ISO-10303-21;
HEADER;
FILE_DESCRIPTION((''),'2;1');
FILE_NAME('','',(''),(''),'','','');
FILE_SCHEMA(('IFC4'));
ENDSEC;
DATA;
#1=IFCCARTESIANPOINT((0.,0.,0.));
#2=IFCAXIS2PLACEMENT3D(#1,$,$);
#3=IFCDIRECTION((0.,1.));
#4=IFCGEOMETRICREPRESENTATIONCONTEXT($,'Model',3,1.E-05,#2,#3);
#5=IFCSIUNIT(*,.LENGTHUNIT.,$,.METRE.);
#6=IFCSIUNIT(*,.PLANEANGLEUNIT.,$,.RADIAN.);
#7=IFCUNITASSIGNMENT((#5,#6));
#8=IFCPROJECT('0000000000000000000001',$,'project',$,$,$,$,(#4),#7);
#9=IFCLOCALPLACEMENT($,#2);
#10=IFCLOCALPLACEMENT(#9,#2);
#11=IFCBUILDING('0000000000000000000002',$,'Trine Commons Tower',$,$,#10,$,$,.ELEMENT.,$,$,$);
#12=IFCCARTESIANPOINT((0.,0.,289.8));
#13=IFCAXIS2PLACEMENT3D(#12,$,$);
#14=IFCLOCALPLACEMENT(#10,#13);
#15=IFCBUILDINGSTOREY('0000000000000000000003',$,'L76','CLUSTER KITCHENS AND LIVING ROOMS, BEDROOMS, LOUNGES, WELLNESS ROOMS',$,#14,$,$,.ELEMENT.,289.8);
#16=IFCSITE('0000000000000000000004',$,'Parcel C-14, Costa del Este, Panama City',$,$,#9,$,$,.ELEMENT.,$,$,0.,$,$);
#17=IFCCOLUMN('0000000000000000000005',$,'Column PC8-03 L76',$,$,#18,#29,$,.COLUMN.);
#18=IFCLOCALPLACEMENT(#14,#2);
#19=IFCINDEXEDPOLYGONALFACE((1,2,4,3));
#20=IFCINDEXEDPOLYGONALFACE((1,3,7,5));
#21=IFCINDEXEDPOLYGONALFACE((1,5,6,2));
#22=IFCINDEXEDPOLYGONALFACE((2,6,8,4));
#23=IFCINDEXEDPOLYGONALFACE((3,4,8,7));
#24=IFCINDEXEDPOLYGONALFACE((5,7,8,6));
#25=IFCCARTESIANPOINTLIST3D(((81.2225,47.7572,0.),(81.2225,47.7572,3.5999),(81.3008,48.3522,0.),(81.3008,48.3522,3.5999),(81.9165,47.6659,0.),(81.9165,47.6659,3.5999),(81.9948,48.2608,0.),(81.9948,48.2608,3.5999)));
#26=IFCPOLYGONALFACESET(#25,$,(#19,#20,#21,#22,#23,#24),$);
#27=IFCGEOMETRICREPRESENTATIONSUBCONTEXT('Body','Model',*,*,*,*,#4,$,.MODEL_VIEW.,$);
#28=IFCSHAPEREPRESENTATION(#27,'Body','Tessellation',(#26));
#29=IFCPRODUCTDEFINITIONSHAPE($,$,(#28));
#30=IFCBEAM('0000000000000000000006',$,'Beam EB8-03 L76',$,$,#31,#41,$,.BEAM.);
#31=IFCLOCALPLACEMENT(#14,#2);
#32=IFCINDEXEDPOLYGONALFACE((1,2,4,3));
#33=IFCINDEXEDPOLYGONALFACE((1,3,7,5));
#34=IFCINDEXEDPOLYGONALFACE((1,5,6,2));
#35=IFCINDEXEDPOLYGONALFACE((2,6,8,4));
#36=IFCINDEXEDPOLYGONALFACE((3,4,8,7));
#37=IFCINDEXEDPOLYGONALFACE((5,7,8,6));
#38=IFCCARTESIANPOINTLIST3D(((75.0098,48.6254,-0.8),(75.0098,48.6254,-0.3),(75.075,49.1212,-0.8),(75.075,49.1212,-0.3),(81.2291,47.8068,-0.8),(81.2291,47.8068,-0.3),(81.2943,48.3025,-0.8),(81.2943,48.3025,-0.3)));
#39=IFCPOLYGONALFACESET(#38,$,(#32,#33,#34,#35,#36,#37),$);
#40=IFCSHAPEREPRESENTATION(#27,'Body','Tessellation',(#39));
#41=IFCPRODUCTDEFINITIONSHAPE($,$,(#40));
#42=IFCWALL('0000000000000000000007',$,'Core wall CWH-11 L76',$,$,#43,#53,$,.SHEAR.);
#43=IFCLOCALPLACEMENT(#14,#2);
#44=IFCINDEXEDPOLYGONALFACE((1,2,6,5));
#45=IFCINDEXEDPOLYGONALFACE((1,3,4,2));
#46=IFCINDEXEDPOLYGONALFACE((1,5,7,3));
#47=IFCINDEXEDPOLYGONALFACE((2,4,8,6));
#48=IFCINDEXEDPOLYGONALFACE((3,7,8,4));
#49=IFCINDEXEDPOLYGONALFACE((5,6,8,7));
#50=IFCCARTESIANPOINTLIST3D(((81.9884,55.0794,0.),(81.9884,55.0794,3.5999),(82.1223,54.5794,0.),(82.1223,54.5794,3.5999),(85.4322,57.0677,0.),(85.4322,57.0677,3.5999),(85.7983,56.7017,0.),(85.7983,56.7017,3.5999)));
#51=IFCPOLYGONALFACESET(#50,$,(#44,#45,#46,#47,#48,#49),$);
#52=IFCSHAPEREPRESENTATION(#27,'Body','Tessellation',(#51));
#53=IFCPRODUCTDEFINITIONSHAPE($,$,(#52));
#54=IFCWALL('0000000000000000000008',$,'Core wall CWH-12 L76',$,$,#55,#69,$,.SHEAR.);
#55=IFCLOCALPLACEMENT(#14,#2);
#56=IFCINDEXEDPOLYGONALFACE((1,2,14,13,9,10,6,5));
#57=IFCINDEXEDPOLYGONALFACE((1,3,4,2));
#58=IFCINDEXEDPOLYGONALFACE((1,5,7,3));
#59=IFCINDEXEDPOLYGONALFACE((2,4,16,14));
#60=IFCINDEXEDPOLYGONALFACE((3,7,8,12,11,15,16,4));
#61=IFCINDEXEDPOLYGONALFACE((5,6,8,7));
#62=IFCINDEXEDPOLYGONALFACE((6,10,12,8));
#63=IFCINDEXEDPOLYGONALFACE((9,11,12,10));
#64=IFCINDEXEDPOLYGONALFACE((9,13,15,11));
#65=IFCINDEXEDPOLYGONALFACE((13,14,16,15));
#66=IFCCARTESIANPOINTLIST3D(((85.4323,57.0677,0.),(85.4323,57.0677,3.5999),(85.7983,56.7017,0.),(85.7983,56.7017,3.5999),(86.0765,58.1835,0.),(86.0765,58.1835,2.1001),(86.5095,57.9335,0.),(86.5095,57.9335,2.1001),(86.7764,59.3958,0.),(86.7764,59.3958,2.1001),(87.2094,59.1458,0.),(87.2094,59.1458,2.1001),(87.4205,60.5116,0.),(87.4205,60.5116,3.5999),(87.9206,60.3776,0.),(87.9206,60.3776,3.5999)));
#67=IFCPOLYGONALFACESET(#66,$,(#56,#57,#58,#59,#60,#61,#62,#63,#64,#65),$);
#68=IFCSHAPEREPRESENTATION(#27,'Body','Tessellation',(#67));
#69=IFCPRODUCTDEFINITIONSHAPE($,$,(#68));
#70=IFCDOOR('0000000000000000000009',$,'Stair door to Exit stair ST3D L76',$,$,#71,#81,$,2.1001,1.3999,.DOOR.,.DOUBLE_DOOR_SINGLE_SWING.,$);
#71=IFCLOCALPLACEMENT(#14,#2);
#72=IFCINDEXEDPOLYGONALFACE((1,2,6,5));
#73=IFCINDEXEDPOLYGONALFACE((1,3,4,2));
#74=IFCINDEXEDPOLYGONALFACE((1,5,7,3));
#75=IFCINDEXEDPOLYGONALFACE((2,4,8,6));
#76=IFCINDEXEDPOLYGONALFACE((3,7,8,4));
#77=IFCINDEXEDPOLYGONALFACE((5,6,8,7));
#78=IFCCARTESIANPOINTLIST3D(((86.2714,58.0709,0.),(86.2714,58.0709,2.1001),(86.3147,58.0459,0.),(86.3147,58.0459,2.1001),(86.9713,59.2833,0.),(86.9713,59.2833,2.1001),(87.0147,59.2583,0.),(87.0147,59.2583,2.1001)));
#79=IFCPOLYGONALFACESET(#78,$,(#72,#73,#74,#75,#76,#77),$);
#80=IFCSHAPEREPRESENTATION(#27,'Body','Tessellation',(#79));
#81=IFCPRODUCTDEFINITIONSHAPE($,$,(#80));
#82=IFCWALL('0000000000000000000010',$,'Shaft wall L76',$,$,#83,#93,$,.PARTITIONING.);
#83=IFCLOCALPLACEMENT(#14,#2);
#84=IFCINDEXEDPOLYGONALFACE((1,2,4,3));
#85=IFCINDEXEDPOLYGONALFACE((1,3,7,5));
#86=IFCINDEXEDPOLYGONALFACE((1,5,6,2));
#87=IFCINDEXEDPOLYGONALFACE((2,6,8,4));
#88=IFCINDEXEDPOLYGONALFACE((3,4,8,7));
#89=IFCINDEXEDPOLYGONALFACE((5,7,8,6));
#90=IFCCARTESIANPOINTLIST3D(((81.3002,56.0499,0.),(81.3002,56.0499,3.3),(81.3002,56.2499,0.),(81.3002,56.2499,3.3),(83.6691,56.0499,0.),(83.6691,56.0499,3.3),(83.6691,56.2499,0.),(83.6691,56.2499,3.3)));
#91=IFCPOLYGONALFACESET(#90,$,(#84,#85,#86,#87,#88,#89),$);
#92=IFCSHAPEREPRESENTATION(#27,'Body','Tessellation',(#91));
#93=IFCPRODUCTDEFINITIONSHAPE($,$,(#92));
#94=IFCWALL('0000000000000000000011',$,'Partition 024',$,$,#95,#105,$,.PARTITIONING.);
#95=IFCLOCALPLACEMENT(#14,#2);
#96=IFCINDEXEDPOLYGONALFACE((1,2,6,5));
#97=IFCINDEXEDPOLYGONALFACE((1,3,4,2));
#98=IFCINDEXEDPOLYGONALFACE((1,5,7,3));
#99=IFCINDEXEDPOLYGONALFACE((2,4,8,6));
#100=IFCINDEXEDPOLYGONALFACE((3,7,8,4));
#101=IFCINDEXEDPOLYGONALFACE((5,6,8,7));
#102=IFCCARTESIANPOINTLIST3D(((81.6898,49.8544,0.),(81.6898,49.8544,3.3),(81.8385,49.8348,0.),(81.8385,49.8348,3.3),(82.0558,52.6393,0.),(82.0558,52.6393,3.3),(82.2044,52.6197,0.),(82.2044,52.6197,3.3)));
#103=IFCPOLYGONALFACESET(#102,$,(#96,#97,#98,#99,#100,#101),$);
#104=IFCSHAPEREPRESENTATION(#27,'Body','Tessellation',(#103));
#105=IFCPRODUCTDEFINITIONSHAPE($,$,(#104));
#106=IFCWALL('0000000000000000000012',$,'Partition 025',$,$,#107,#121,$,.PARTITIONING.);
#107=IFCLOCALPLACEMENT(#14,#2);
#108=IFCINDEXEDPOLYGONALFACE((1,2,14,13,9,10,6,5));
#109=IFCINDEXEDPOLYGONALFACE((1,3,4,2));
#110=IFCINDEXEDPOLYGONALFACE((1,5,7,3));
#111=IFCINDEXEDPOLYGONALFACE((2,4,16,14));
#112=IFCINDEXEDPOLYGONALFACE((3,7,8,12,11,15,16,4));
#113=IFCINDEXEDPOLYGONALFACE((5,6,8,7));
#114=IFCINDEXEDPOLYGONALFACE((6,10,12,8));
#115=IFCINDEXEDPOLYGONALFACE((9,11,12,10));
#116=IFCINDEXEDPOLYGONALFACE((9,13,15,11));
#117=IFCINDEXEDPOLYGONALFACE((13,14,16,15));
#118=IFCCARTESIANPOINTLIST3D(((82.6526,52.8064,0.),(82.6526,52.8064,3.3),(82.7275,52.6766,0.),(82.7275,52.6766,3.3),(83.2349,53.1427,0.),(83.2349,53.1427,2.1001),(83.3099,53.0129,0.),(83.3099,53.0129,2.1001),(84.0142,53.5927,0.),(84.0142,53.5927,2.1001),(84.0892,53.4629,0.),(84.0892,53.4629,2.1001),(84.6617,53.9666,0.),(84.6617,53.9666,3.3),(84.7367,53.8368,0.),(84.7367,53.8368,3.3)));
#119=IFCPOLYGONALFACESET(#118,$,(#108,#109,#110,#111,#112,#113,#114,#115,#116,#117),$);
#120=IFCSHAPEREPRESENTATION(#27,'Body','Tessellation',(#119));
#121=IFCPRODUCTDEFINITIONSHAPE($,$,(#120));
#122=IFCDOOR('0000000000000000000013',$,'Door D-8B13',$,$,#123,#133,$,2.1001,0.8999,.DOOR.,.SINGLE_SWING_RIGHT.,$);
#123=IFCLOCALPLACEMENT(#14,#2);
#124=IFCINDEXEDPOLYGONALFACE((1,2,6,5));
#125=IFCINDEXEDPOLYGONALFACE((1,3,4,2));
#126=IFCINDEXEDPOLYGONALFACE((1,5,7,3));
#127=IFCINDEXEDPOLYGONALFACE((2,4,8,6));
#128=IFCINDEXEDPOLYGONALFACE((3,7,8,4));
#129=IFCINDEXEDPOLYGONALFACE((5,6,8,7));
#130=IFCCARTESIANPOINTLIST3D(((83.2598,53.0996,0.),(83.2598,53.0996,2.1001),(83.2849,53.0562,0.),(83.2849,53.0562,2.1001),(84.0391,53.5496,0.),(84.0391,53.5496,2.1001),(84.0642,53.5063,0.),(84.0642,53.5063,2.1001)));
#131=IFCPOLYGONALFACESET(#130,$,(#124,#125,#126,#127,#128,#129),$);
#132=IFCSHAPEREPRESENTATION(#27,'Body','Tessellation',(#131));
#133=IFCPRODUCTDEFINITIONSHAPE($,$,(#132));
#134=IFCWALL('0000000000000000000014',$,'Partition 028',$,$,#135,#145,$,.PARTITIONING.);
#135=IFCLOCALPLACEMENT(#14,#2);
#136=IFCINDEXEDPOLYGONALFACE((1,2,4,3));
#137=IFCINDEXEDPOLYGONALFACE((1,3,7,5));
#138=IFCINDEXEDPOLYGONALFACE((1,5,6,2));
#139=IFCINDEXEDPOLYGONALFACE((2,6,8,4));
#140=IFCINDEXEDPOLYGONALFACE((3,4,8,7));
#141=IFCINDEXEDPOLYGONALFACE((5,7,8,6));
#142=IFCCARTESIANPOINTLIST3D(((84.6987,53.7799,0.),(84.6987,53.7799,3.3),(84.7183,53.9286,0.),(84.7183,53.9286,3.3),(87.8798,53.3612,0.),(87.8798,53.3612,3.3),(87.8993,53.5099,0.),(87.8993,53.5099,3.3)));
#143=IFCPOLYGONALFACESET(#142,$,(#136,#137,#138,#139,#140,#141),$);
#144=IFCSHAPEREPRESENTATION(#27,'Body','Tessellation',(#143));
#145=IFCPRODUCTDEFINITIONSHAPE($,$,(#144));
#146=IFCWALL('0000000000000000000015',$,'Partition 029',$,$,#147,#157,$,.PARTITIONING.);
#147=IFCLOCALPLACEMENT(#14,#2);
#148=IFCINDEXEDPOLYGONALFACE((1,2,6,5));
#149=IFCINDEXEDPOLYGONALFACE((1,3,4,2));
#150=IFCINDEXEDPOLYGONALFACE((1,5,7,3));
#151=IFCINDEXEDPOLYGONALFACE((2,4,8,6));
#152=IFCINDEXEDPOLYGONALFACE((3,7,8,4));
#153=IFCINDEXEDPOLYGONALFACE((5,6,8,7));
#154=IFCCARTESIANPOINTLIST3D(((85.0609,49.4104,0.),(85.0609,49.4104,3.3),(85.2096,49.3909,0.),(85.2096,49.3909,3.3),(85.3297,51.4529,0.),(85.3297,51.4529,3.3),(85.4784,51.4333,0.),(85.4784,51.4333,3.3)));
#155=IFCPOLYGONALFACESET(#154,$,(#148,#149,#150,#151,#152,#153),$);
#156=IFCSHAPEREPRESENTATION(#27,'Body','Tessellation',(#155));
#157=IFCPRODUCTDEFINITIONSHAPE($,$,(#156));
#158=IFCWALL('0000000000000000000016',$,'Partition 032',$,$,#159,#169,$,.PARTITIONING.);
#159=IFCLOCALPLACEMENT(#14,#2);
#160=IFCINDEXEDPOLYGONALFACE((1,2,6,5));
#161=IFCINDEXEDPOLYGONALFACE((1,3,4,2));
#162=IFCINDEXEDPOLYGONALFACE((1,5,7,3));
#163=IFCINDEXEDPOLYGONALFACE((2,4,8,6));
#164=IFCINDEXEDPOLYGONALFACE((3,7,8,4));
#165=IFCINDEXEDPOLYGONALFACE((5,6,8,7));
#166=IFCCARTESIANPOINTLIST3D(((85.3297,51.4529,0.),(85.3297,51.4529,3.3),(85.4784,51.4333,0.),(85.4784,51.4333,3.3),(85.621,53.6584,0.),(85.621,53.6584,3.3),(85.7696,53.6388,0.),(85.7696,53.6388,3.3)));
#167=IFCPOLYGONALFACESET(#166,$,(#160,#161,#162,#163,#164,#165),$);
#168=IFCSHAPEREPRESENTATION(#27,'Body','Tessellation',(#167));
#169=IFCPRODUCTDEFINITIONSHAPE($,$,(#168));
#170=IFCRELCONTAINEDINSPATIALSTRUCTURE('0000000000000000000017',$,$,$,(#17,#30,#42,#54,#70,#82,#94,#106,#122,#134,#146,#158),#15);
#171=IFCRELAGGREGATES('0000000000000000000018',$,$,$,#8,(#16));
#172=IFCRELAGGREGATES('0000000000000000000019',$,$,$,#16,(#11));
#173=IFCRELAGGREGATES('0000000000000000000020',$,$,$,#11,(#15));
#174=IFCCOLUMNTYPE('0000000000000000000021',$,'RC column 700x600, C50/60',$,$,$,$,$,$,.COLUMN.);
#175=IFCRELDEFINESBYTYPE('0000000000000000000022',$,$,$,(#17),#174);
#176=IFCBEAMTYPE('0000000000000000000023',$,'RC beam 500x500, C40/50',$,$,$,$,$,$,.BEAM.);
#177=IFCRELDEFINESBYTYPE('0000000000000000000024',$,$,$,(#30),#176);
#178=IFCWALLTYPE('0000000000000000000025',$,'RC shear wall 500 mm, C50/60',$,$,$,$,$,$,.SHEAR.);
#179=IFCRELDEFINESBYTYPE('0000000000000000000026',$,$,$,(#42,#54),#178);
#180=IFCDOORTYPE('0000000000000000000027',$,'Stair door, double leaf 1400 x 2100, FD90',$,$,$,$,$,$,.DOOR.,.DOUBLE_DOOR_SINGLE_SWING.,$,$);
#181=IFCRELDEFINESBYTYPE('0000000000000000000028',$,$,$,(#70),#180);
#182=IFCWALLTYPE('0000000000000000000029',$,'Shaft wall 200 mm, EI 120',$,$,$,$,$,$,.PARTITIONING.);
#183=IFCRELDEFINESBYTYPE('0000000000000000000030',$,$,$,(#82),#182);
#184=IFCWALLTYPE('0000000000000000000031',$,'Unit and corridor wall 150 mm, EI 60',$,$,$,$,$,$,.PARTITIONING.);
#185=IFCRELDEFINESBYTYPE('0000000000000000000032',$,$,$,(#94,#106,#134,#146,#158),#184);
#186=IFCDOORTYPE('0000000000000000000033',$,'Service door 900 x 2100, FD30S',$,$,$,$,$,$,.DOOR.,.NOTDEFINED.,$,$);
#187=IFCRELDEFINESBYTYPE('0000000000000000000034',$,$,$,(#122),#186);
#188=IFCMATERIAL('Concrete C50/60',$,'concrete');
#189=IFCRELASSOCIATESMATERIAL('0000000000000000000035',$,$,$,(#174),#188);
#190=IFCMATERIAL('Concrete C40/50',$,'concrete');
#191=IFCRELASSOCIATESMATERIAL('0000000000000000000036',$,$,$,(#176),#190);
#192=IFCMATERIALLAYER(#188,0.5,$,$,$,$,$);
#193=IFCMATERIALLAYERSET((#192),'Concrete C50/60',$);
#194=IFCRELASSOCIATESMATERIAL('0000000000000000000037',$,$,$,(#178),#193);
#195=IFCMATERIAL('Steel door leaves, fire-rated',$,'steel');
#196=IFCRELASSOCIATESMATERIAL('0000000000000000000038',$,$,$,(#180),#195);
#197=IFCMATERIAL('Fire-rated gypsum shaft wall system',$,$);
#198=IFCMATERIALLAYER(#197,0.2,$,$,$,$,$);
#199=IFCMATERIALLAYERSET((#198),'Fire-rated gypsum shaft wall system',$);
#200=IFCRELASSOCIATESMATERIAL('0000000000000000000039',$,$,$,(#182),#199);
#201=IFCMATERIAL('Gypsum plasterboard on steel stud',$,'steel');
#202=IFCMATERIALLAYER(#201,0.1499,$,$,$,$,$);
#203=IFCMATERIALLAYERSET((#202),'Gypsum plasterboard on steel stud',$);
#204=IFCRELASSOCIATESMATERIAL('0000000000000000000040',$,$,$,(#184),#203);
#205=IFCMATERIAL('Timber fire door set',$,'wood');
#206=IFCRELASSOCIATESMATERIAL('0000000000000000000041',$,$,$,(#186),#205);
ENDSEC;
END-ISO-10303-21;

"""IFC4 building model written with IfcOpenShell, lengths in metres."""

from ifc_helpers import new_model, si_unit, direction, frame, frame_2d, origin, origin_2d, place, context, subcontext, project, spatial, polyline, rectangle, outline, extrude, material, layer, layer_set, material_profile, profile_set, type_object, element, fill, save


model = new_model("IFC4")

# Units and contexts
model_context = context("Model", 3, precision=1e-05, world=origin(), true_north=direction((0.0, 1.0)))
body_context = subcontext(model_context, "Body", "Model", "MODEL_VIEW")
ifc_project = project(units=[si_unit("LENGTHUNIT", "METRE"), si_unit("PLANEANGLEUNIT", "RADIAN")], contexts=[model_context])

# Site, building, storey
site_placement = place(None, origin())
site = spatial("IfcSite", under=ifc_project, at=site_placement, Name="Parcel C-14, Costa del Este, Panama City", CompositionType="ELEMENT", RefElevation=0.0)
building_placement = place(site_placement, origin())
building = spatial("IfcBuilding", under=site, at=building_placement, Name="Trine Commons Tower", CompositionType="ELEMENT")
storey_placement = place(building_placement, frame((0.0, 0.0, 289.8)))
storey = spatial("IfcBuildingStorey", under=building, at=storey_placement, Name="L76", Description="CLUSTER KITCHENS AND LIVING ROOMS, BEDROOMS, LOUNGES, WELLNESS ROOMS", CompositionType="ELEMENT", Elevation=289.8)

# Column
ifc_material_1 = material(Name="Concrete C50/60", Category="concrete")
ifc_material_profile_1 = material_profile(ifc_material_1, rectangle(XDim=0.7, YDim=0.6001, at=origin_2d()), Name="RC 700x600")
ifc_profile_set_1 = profile_set([ifc_material_profile_1], Name="Concrete C50/60")
column_type = type_object("IfcColumnType", Name="RC column 700x600, C50/60", PredefinedType="COLUMN", material=ifc_profile_set_1)
column_placement = place(storey_placement, frame((81.6086, 48.009, 0.0), z_axis=(0.0, 0.0, 1.0), x_axis=(-0.991445, 0.130526, 0.0)))
element("IfcColumn", 1, at=column_placement, inside=storey, type_object=column_type, Name="Column PC8-03 L76", PredefinedType="COLUMN", context=body_context, shape_type="SweptSolid", body=[
    extrude(rectangle(XDim=0.7, YDim=0.6001, at=origin_2d()), origin(), (0.0, 0.0, 1.0), 3.5999),
])

# Beam
ifc_material_2 = material(Name="Concrete C40/50", Category="concrete")
ifc_material_profile_2 = material_profile(ifc_material_2, rectangle(XDim=0.5, YDim=0.5, at=origin_2d()), Name="RC 500x500")
ifc_profile_set_2 = profile_set([ifc_material_profile_2], Name="Concrete C40/50")
beam_type = type_object("IfcBeamType", Name="RC beam 500x500, C40/50", PredefinedType="BEAM", material=ifc_profile_set_2)
beam_placement = place(storey_placement, frame((81.2617, 48.0547, -0.55), z_axis=(-0.991448, 0.130499, 0.0), x_axis=(-0.130499, -0.991448, 0.0)))
element("IfcBeam", 2, at=beam_placement, inside=storey, type_object=beam_type, Name="Beam EB8-03 L76", PredefinedType="BEAM", context=body_context, shape_type="SweptSolid", body=[
    extrude(rectangle(XDim=0.5, YDim=0.5, at=origin_2d()), origin(), (0.0, 0.0, 1.0), 6.2729),
])

# Wall
ifc_layer_1 = layer(ifc_material_1, 0.5)
ifc_layer_set_1 = layer_set([ifc_layer_1], Name="Concrete C50/60")
wall_type_1 = type_object("IfcWallType", Name="RC shear wall 500 mm, C50/60", PredefinedType="SHEAR", material=ifc_layer_set_1)
wall_1_placement = place(storey_placement, frame((81.9973, 54.7959, 0.0), z_axis=(0.0, 0.0, 1.0), x_axis=(0.866029, 0.499993, 0.0)))
element("IfcWall", 3, at=wall_1_placement, inside=storey, type_object=wall_type_1, Name="Core wall CWH-11 L76", PredefinedType="SHEAR", context=body_context, shape_type="SweptSolid", body=[
    extrude(outline(polyline([(0.0, -0.25), (4.2446, -0.25), (4.1106, 0.25), (0.134, 0.25), (0.0, -0.25)])), origin(), (0.0, 0.0, 1.0), 3.5999),
])

# Wall, opening, door
wall_2_placement = place(storey_placement, frame((85.5818, 56.8267, 0.0), z_axis=(0.0, 0.0, 1.0), x_axis=(0.499993, 0.866029, 0.0)))
wall_2 = element("IfcWall", 4, at=wall_2_placement, inside=storey, type_object=wall_type_1, Name="Core wall CWH-12 L76", PredefinedType="SHEAR", context=body_context, shape_type="SweptSolid", body=[
    extrude(outline(polyline([(0.0, -0.25), (4.2446, -0.25), (4.1106, 0.25), (0.134, 0.25), (0.0, -0.25)])), origin(), (0.0, 0.0, 1.0), 3.5999),
])
opening_1_placement = place(wall_2_placement, frame((1.4224, 0.0, 0.0)))
opening_1 = element("IfcOpeningElement", 5, at=opening_1_placement, cuts=wall_2, PredefinedType="OPENING", context=body_context, shape_type="SweptSolid", body=[
    extrude(rectangle(XDim=1.3999, YDim=2.1001, at=frame_2d((0.7, 1.05))), frame((0.0, 0.26, 0.0), z_axis=(0.0, -1.0, 0.0), x_axis=(1.0, 0.0, 0.0)), (0.0, 0.0, 1.0), 0.52),
])
ifc_material_3 = material(Name="Steel door leaves, fire-rated", Category="steel")
door_type_1 = type_object("IfcDoorType", Name="Stair door, double leaf 1400 x 2100, FD90", OperationType="DOUBLE_DOOR_SINGLE_SWING", PredefinedType="DOOR", material=ifc_material_3)
door_1_placement = place(opening_1_placement, origin())
door_1 = element("IfcDoor", 6, at=door_1_placement, inside=storey, type_object=door_type_1, Name="Stair door to Exit stair ST3D L76", OperationType="DOUBLE_DOOR_SINGLE_SWING", OverallHeight=2.1001, OverallWidth=1.3999, PredefinedType="DOOR", context=body_context, shape_type="SweptSolid", body=[
    extrude(rectangle(XDim=1.3999, YDim=2.1001, at=frame_2d((0.7, 1.05))), frame((0.0, 0.0249, 0.0), z_axis=(0.0, -1.0, 0.0), x_axis=(1.0, 0.0, 0.0)), (0.0, 0.0, 1.0), 0.05),
])
fill(opening_1, door_1)

# Walls
ifc_material_4 = material(Name="Fire-rated gypsum shaft wall system")
ifc_layer_2 = layer(ifc_material_4, 0.2)
ifc_layer_set_2 = layer_set([ifc_layer_2], Name="Fire-rated gypsum shaft wall system")
wall_type_2 = type_object("IfcWallType", Name="Shaft wall 200 mm, EI 120", PredefinedType="PARTITIONING", material=ifc_layer_set_2)
wall_3_placement = place(storey_placement, frame((81.3, 56.1499, 0.0), z_axis=(0.0, 0.0, 1.0), x_axis=(1.0, 0.0, 0.0)))
element("IfcWall", 7, at=wall_3_placement, inside=storey, type_object=wall_type_2, Name="Shaft wall L76", PredefinedType="PARTITIONING", context=body_context, shape_type="SweptSolid", body=[
    extrude(rectangle(XDim=2.3689, YDim=0.2, at=frame_2d((1.1846, 0.0))), origin(), (0.0, 0.0, 1.0), 3.3),
])
ifc_material_5 = material(Name="Gypsum plasterboard on steel stud", Category="steel")
ifc_layer_3 = layer(ifc_material_5, 0.1499)
ifc_layer_set_3 = layer_set([ifc_layer_3], Name="Gypsum plasterboard on steel stud")
wall_type_3 = type_object("IfcWallType", Name="Unit and corridor wall 150 mm, EI 60", PredefinedType="PARTITIONING", material=ifc_layer_set_3)
wall_4_placement = place(storey_placement, frame((81.7642, 49.8447, 0.0), z_axis=(0.0, 0.0, 1.0), x_axis=(0.13029, 0.991476, 0.0)))
element("IfcWall", 8, at=wall_4_placement, inside=storey, type_object=wall_type_3, Name="Partition 024", PredefinedType="PARTITIONING", context=body_context, shape_type="SweptSolid", body=[
    extrude(rectangle(XDim=2.8088, YDim=0.1499, at=frame_2d((1.4043, 0.0))), origin(), (0.0, 0.0, 1.0), 3.3),
])

# Wall, opening, door
wall_5_placement = place(storey_placement, frame((82.6899, 52.7415, 0.0), z_axis=(0.0, 0.0, 1.0), x_axis=(0.865981, 0.500078, 0.0)))
wall_5 = element("IfcWall", 9, at=wall_5_placement, inside=storey, type_object=wall_type_3, Name="Partition 025", PredefinedType="PARTITIONING", context=body_context, shape_type="SweptSolid", body=[
    extrude(rectangle(XDim=2.3201, YDim=0.1499, at=frame_2d((1.1602, 0.0))), origin(), (0.0, 0.0, 1.0), 3.3),
])
opening_2_placement = place(wall_5_placement, frame((0.6726, 0.0, 0.0)))
opening_2 = element("IfcOpeningElement", 10, at=opening_2_placement, cuts=wall_5, PredefinedType="OPENING", context=body_context, shape_type="SweptSolid", body=[
    extrude(rectangle(XDim=0.8999, YDim=2.1001, at=frame_2d((0.45, 1.05))), frame((0.0, 0.085, 0.0), z_axis=(0.0, -1.0, 0.0), x_axis=(1.0, 0.0, 0.0)), (0.0, 0.0, 1.0), 0.1699),
])
ifc_material_6 = material(Name="Timber fire door set", Category="wood")
door_type_2 = type_object("IfcDoorType", Name="Service door 900 x 2100, FD30S", OperationType="NOTDEFINED", PredefinedType="DOOR", material=ifc_material_6)
door_2_placement = place(opening_2_placement, frame((0.8999, 0.0, 0.0), z_axis=(0.0, 0.0, 1.0), x_axis=(-1.0, 0.0, 0.0)))
door_2 = element("IfcDoor", 11, at=door_2_placement, inside=storey, type_object=door_type_2, Name="Door D-8B13", OperationType="SINGLE_SWING_RIGHT", OverallHeight=2.1001, OverallWidth=0.8999, PredefinedType="DOOR", context=body_context, shape_type="SweptSolid", body=[
    extrude(rectangle(XDim=0.8999, YDim=2.1001, at=frame_2d((0.45, 1.05))), frame((0.0, 0.0249, 0.0), z_axis=(0.0, -1.0, 0.0), x_axis=(1.0, 0.0, 0.0)), (0.0, 0.0, 1.0), 0.05),
])
fill(opening_2, door_2)

# Walls
wall_6_placement = place(storey_placement, frame((84.7085, 53.8542, 0.0), z_axis=(0.0, 0.0, 1.0), x_axis=(0.991449, -0.130494, 0.0)))
element("IfcWall", 12, at=wall_6_placement, inside=storey, type_object=wall_type_3, Name="Partition 028", PredefinedType="PARTITIONING", context=body_context, shape_type="SweptSolid", body=[
    extrude(rectangle(XDim=3.2085, YDim=0.1499, at=frame_2d((1.6042, 0.0))), origin(), (0.0, 0.0, 1.0), 3.3),
])
wall_7_placement = place(storey_placement, frame((85.1353, 49.4006, 0.0), z_axis=(0.0, 0.0, 1.0), x_axis=(0.130479, 0.991451, 0.0)))
element("IfcWall", 13, at=wall_7_placement, inside=storey, type_object=wall_type_3, Name="Partition 029", PredefinedType="PARTITIONING", context=body_context, shape_type="SweptSolid", body=[
    extrude(rectangle(XDim=2.0601, YDim=0.1499, at=frame_2d((1.03, 0.0))), origin(), (0.0, 0.0, 1.0), 3.3),
])
wall_8_placement = place(storey_placement, frame((85.4041, 51.4431, 0.0), z_axis=(0.0, 0.0, 1.0), x_axis=(0.13092, 0.991393, 0.0)))
element("IfcWall", 14, at=wall_8_placement, inside=storey, type_object=wall_type_3, Name="Partition 032", PredefinedType="PARTITIONING", context=body_context, shape_type="SweptSolid", body=[
    extrude(rectangle(XDim=2.2246, YDim=0.1499, at=frame_2d((1.1123, 0.0))), origin(), (0.0, 0.0, 1.0), 3.3),
])

save(model, "model.ifc")
